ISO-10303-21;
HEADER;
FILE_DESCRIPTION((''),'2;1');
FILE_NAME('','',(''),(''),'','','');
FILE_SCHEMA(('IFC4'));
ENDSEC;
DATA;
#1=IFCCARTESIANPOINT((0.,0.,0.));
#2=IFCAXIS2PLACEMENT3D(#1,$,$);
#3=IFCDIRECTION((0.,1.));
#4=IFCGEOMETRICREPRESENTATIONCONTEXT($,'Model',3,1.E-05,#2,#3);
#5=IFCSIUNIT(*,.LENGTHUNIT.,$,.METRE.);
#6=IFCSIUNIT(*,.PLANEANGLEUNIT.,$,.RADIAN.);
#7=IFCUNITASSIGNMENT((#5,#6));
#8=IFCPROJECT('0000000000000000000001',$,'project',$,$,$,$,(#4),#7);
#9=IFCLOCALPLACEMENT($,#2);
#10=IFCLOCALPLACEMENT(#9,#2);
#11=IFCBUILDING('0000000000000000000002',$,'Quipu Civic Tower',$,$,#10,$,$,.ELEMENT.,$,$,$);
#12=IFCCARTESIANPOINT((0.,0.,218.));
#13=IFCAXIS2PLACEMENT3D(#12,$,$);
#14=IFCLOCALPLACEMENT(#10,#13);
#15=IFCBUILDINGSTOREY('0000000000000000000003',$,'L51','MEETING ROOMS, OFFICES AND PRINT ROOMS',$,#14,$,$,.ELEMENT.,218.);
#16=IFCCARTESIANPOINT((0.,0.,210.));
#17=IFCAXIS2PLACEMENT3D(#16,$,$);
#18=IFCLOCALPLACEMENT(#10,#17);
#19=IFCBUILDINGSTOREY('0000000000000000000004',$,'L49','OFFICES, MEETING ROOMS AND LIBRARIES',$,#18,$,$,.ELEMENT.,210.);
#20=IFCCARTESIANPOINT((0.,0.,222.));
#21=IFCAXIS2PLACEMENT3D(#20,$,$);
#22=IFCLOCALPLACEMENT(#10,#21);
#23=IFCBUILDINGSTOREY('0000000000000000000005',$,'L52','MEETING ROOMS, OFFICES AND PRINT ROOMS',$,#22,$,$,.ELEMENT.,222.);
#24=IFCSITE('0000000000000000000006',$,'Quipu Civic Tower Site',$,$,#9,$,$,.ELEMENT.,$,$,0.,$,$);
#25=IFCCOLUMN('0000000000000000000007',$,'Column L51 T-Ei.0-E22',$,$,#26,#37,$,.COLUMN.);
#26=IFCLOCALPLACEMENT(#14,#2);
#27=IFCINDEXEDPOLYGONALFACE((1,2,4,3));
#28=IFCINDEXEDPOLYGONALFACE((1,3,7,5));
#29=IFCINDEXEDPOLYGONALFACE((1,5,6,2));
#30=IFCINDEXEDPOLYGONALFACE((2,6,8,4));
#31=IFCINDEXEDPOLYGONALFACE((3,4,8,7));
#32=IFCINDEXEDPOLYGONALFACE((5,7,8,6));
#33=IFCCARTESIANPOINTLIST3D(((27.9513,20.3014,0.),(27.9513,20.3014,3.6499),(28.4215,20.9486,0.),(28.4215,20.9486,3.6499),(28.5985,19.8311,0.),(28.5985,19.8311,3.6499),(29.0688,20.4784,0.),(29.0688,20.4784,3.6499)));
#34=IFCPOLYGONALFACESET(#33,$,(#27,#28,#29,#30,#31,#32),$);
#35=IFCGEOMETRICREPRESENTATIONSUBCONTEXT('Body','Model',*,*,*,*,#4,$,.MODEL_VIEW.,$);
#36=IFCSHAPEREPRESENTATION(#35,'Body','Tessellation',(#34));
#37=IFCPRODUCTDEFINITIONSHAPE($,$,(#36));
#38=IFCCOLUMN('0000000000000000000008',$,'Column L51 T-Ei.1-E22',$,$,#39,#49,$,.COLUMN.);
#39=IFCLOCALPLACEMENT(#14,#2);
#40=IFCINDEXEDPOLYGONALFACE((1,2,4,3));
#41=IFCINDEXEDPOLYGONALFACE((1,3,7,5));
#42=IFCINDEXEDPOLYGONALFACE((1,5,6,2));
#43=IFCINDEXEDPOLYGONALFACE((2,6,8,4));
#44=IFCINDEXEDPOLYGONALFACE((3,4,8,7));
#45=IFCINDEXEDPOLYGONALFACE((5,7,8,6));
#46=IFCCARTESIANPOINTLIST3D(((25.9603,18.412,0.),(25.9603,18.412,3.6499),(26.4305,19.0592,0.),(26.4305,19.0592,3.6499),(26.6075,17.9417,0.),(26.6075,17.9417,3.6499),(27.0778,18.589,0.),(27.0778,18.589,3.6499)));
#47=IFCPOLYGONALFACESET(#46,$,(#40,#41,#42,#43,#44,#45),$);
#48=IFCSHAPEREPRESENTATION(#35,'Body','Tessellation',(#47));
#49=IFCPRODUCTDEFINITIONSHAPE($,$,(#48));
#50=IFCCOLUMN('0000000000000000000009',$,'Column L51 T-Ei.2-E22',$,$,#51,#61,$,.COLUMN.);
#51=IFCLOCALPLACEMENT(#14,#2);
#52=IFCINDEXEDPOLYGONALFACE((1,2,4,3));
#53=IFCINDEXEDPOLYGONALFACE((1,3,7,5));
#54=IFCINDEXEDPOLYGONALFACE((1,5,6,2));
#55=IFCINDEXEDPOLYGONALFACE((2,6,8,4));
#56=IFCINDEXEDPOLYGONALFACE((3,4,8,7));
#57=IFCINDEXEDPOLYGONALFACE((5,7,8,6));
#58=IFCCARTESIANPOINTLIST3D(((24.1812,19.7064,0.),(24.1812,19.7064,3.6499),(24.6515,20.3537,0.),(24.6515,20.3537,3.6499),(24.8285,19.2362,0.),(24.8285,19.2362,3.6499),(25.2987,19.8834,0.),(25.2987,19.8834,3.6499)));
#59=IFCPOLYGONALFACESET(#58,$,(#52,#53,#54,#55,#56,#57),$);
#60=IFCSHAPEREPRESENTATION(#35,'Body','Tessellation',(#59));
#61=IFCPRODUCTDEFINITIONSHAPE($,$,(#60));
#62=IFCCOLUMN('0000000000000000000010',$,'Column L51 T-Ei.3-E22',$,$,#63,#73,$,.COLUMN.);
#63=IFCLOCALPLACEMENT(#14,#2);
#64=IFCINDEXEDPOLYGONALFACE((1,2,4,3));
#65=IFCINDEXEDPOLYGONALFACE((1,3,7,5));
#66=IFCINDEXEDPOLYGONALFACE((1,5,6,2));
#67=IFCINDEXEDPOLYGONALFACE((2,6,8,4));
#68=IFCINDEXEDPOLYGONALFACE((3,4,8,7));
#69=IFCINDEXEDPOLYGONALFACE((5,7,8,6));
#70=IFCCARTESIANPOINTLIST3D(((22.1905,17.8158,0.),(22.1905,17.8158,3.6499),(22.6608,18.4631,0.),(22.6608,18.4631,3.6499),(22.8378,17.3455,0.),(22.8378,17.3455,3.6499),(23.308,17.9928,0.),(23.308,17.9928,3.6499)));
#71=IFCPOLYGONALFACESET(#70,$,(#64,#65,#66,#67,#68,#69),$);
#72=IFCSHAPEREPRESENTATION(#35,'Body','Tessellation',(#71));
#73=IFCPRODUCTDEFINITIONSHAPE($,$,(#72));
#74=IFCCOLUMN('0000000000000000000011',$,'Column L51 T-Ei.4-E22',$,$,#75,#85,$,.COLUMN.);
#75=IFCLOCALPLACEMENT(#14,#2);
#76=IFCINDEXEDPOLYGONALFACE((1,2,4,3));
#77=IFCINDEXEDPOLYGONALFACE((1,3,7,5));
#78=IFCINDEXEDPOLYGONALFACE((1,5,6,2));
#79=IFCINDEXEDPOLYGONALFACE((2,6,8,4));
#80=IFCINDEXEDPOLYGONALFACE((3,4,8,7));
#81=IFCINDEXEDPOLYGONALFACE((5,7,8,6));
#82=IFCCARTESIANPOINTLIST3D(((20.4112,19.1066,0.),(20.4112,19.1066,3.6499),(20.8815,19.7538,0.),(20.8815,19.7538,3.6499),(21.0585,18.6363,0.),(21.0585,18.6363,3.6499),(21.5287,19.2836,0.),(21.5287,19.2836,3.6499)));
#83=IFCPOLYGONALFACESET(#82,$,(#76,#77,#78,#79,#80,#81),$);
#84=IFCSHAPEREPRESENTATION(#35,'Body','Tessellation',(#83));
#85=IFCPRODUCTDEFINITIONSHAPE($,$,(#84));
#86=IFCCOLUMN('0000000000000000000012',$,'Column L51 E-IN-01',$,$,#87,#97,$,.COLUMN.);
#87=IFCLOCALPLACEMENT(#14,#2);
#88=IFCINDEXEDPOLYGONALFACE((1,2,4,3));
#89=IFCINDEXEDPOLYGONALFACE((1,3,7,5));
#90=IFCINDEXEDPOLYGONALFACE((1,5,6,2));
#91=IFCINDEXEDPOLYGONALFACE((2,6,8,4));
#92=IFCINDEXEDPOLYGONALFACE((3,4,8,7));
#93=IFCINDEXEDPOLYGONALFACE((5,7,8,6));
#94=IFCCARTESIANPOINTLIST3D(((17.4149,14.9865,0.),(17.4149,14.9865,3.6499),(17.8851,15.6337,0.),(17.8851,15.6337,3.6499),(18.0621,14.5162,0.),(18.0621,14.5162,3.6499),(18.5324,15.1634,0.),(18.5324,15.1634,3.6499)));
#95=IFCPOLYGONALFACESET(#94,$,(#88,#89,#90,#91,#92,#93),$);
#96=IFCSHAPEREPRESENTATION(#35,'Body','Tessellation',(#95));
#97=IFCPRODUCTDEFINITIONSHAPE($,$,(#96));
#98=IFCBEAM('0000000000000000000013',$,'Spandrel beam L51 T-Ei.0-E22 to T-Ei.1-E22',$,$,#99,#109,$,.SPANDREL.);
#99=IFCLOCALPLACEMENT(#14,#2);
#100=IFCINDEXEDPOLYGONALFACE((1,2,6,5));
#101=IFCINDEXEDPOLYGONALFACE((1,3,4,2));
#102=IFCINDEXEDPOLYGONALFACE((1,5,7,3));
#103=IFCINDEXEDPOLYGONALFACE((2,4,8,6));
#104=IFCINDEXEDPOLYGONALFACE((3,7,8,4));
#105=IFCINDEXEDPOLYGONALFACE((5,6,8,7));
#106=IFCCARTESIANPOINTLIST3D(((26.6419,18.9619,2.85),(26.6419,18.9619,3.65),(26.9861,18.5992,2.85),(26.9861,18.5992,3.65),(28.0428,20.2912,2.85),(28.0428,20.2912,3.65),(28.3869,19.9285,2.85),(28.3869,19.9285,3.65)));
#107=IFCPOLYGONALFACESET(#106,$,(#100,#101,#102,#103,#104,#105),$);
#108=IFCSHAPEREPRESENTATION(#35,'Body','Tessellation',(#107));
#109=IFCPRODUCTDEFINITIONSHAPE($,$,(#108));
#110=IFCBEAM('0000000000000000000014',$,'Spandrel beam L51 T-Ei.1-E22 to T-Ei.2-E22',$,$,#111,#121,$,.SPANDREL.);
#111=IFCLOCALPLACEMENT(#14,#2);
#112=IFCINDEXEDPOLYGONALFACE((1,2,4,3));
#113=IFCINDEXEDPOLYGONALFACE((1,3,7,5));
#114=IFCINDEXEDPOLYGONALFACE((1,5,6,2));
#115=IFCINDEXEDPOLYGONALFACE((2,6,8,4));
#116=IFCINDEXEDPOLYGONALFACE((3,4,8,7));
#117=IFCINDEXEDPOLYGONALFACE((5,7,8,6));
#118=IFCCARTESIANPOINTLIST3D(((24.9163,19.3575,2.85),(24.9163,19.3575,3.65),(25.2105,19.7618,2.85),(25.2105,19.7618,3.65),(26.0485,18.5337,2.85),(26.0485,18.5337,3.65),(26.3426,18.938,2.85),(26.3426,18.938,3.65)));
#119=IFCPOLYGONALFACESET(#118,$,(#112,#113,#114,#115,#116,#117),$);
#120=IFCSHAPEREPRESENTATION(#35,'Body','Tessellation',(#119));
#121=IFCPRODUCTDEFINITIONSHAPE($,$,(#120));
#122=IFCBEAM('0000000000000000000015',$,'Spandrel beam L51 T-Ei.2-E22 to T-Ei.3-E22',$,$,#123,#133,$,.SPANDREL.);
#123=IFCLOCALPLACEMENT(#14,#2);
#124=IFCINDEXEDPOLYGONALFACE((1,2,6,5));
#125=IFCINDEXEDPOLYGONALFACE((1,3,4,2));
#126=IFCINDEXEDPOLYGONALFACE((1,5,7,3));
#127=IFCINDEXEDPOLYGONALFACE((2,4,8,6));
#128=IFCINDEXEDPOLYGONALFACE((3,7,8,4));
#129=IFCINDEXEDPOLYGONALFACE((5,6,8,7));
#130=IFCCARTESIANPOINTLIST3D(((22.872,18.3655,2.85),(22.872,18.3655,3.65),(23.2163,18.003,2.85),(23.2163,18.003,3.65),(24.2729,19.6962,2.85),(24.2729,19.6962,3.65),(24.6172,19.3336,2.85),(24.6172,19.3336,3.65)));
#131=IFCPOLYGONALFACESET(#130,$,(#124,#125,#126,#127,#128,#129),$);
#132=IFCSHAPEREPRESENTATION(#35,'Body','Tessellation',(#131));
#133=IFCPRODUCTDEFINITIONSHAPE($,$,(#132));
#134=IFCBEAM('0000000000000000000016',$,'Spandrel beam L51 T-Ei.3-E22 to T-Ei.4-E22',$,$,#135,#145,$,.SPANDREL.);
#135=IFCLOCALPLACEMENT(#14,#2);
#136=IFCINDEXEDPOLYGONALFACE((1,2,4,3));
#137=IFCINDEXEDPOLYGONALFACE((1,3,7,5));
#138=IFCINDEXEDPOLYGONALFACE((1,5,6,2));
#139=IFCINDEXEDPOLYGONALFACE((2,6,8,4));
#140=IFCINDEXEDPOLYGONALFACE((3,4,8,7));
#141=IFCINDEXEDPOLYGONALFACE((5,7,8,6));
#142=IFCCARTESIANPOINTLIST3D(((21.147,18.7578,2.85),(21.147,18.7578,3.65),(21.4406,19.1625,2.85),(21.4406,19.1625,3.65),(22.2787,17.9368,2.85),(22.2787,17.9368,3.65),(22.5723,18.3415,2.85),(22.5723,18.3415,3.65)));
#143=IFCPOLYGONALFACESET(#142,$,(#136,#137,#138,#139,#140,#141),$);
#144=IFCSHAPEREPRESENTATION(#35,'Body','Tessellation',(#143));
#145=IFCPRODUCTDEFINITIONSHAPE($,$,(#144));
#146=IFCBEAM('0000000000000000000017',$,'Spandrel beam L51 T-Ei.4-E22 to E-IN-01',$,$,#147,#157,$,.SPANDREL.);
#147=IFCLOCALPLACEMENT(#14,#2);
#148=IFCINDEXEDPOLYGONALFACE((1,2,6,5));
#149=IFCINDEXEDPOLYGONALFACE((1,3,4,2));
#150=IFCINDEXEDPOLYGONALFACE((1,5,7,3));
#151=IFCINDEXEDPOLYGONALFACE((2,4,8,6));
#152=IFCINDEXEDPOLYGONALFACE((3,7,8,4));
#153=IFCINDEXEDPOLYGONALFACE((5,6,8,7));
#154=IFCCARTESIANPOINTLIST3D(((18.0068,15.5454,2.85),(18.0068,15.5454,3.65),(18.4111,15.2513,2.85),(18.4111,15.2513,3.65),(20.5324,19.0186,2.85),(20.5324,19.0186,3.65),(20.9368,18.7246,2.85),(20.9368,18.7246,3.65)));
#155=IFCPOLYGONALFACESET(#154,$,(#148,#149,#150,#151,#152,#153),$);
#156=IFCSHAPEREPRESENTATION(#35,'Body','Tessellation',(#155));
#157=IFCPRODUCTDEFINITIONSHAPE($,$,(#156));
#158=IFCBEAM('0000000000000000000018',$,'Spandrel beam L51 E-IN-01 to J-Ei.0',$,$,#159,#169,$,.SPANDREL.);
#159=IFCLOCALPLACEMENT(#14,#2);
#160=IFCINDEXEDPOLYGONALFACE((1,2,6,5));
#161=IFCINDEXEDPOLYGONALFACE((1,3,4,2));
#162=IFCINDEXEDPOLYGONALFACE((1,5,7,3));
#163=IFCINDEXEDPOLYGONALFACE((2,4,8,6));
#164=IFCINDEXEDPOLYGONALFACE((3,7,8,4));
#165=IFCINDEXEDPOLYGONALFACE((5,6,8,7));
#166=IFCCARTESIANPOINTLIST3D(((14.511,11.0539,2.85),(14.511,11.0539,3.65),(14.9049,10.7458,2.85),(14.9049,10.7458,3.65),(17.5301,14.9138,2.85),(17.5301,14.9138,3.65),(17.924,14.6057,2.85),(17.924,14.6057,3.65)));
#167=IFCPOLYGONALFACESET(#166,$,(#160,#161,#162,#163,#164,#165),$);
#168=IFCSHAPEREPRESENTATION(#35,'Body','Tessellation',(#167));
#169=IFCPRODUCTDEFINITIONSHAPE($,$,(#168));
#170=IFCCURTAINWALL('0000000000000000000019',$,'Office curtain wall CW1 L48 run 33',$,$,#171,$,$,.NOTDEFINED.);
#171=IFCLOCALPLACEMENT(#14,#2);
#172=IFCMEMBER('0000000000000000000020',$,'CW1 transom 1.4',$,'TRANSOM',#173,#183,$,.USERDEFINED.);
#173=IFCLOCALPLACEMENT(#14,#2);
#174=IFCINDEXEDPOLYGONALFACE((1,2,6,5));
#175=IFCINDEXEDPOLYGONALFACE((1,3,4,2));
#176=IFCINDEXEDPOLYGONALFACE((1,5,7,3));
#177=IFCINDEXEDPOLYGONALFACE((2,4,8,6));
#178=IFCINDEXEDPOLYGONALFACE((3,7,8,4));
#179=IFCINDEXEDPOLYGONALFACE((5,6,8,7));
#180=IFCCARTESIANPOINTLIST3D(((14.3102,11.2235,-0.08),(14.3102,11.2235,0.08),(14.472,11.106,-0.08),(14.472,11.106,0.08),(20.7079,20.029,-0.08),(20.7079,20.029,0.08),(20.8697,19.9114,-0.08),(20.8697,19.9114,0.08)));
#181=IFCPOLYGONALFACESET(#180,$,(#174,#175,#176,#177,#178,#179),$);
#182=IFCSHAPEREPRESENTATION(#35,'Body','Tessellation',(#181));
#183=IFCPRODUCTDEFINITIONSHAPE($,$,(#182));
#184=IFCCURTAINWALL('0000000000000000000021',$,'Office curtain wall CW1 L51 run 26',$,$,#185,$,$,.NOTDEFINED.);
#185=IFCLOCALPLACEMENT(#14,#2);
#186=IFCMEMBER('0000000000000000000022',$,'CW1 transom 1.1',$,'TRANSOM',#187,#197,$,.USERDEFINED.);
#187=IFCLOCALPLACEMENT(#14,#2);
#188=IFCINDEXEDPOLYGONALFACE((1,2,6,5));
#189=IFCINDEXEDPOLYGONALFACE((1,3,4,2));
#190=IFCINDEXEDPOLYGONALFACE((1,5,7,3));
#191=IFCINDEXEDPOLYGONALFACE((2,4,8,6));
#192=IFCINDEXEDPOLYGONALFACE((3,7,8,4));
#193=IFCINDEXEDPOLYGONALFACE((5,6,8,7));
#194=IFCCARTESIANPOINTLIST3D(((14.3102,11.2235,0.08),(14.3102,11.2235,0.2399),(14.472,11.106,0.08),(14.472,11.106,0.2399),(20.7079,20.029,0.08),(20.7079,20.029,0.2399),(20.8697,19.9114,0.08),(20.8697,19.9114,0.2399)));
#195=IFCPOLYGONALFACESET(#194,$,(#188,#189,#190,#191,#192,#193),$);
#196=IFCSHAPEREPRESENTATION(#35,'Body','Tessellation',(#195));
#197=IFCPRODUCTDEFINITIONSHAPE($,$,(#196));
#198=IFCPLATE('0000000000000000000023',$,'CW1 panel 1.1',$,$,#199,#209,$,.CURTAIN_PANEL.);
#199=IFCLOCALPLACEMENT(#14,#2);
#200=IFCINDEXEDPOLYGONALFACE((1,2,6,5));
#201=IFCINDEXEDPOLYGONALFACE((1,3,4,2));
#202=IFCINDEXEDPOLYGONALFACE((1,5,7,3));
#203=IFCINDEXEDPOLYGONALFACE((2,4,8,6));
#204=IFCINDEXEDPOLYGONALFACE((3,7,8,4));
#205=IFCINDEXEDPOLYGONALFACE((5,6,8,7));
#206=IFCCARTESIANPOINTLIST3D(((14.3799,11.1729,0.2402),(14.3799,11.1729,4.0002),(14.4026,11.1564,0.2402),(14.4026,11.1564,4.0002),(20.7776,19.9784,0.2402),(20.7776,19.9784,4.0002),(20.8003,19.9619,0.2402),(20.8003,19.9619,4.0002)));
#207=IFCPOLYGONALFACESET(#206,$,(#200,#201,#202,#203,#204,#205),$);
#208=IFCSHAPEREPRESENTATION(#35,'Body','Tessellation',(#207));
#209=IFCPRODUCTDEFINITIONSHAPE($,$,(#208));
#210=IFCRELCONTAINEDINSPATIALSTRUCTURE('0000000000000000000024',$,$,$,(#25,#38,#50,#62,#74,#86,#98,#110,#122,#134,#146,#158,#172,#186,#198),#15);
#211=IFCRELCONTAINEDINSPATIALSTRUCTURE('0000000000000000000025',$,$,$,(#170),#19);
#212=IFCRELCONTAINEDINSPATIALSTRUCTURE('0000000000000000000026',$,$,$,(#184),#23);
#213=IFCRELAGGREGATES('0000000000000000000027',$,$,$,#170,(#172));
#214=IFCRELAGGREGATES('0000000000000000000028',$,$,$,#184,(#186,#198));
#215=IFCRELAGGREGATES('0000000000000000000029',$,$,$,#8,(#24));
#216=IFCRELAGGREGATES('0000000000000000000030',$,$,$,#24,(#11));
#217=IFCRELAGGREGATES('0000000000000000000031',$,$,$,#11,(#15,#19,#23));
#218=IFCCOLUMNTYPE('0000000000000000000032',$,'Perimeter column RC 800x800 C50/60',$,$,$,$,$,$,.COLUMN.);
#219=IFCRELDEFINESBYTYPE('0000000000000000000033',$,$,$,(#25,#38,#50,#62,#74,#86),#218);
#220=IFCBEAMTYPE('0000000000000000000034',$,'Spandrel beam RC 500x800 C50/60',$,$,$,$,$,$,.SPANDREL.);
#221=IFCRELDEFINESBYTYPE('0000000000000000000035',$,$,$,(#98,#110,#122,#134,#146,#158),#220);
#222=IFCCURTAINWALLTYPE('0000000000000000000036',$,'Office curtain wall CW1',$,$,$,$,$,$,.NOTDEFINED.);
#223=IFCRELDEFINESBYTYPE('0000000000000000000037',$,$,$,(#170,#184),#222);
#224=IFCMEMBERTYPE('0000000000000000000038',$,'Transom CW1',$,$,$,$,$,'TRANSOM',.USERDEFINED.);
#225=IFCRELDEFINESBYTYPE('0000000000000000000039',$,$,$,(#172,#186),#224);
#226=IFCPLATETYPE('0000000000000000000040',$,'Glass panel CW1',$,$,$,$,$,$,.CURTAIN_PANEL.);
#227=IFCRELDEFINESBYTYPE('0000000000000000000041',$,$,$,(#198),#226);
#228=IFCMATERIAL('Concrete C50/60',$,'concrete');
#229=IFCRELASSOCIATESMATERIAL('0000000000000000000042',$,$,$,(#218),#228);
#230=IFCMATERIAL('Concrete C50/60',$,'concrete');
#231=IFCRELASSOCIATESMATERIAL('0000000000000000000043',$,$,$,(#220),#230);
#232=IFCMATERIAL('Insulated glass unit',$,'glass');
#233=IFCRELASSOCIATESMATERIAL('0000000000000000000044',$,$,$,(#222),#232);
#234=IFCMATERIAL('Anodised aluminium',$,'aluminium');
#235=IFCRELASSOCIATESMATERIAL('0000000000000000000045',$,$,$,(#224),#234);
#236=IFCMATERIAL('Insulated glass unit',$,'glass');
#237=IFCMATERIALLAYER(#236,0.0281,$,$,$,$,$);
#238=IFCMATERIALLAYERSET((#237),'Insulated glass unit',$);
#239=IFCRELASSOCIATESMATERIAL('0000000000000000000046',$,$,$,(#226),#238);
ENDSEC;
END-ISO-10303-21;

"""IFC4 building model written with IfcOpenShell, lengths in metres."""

from ifc_helpers import new_model, si_unit, direction, frame, origin, origin_2d, place, context, subcontext, project, spatial, rectangle, extrude, material, layer, layer_set, material_profile, profile_set, type_object, element, aggregate, save


model = new_model("IFC4")

# Units and contexts
model_context = context("Model", 3, precision=1e-05, world=origin(), true_north=direction((0.0, 1.0)))
body_context = subcontext(model_context, "Body", "Model", "MODEL_VIEW")
ifc_project = project(units=[si_unit("LENGTHUNIT", "METRE"), si_unit("PLANEANGLEUNIT", "RADIAN")], contexts=[model_context])

# Site, building, storey
site_placement = place(None, origin())
site = spatial("IfcSite", under=ifc_project, at=site_placement, Name="Quipu Civic Tower Site", CompositionType="ELEMENT", RefElevation=0.0)
building_placement = place(site_placement, origin())
building = spatial("IfcBuilding", under=site, at=building_placement, Name="Quipu Civic Tower", CompositionType="ELEMENT")
storey_1_placement = place(building_placement, frame((0.0, 0.0, 218.0)))
storey_1 = spatial("IfcBuildingStorey", under=building, at=storey_1_placement, Name="L51", Description="MEETING ROOMS, OFFICES AND PRINT ROOMS", CompositionType="ELEMENT", Elevation=218.0)

# Columns
ifc_material_1 = material(Name="Concrete C50/60", Category="concrete")
ifc_material_profile_1 = material_profile(ifc_material_1, rectangle(XDim=0.8, YDim=0.8, at=origin_2d()), Name="RC800x800")
ifc_profile_set_1 = profile_set([ifc_material_profile_1], Name="Concrete C50/60")
column_type = type_object("IfcColumnType", Name="Perimeter column RC 800x800 C50/60", PredefinedType="COLUMN", material=ifc_profile_set_1)
for number, where, z_axis, x_axis, name in (
    (1, (28.51, 20.3899, 0.0), (0.0, 0.0, 1.0), (-0.587785, -0.809017, 0.0), "Column L51 T-Ei.0-E22"),
    (2, (26.519, 18.5005, 0.0), (0.0, 0.0, 1.0), (-0.809017, 0.587785, 0.0), "Column L51 T-Ei.1-E22"),
    (3, (24.74, 19.7949, 0.0), (0.0, 0.0, 1.0), (-0.587785, -0.809017, 0.0), "Column L51 T-Ei.2-E22"),
    (4, (22.7493, 17.9043, 0.0), (0.0, 0.0, 1.0), (-0.587785, -0.809017, 0.0), "Column L51 T-Ei.3-E22"),
    (5, (20.97, 19.1951, 0.0), (0.0, 0.0, 1.0), (-0.587785, -0.809017, 0.0), "Column L51 T-Ei.4-E22"),
    (6, (17.9736, 15.075, 0.0), (0.0, 0.0, 1.0), (-0.587785, -0.809017, 0.0), "Column L51 E-IN-01"),
):
    element("IfcColumn", number, at=place(storey_1_placement, frame(where, z_axis=z_axis, x_axis=x_axis)), inside=storey_1, type_object=column_type, Name=name, PredefinedType="COLUMN", context=body_context, shape_type="SweptSolid", body=[
        extrude(rectangle(XDim=0.8, YDim=0.8, at=origin_2d()), origin(), (0.0, 0.0, 1.0), 3.6499),
    ])

# Beams
ifc_material_2 = material(Name="Concrete C50/60", Category="concrete")
ifc_material_profile_2 = material_profile(ifc_material_2, rectangle(XDim=0.5, YDim=0.8, at=origin_2d()), Name="RC500x800")
ifc_profile_set_2 = profile_set([ifc_material_profile_2], Name="Concrete C50/60")
beam_type = type_object("IfcBeamType", Name="Spandrel beam RC 500x800 C50/60", PredefinedType="SPANDREL", material=ifc_profile_set_2)
beam_1_placement = place(storey_1_placement, frame((28.2148, 20.1099, 3.25), z_axis=(-0.725384, -0.688344, 0.0), x_axis=(0.688344, -0.725384, 0.0)))
element("IfcBeam", 7, at=beam_1_placement, inside=storey_1, type_object=beam_type, Name="Spandrel beam L51 T-Ei.0-E22 to T-Ei.1-E22", PredefinedType="SPANDREL", context=body_context, shape_type="SweptSolid", body=[
    extrude(rectangle(XDim=0.5, YDim=0.8, at=origin_2d()), origin(), (0.0, 0.0, 1.0), 1.9312),
])
beam_2_placement = place(storey_1_placement, frame((26.1956, 18.7358, 3.25), z_axis=(-0.8086, 0.588358, 0.0), x_axis=(-0.588358, -0.8086, 0.0)))
element("IfcBeam", 8, at=beam_2_placement, inside=storey_1, type_object=beam_type, Name="Spandrel beam L51 T-Ei.1-E22 to T-Ei.2-E22", PredefinedType="SPANDREL", context=body_context, shape_type="SweptSolid", body=[
    extrude(rectangle(XDim=0.5, YDim=0.8, at=origin_2d()), origin(), (0.0, 0.0, 1.0), 1.4001),
])
beam_3_placement = place(storey_1_placement, frame((24.4451, 19.5149, 3.25), z_axis=(-0.725069, -0.688676, 0.0), x_axis=(0.688676, -0.725069, 0.0)))
element("IfcBeam", 9, at=beam_3_placement, inside=storey_1, type_object=beam_type, Name="Spandrel beam L51 T-Ei.2-E22 to T-Ei.3-E22", PredefinedType="SPANDREL", context=body_context, shape_type="SweptSolid", body=[
    extrude(rectangle(XDim=0.5, YDim=0.8, at=origin_2d()), origin(), (0.0, 0.0, 1.0), 1.9321),
])
beam_4_placement = place(storey_1_placement, frame((22.4255, 18.1392, 3.25), z_axis=(-0.809453, 0.587185, 0.0), x_axis=(-0.587185, -0.809453, 0.0)))
element("IfcBeam", 10, at=beam_4_placement, inside=storey_1, type_object=beam_type, Name="Spandrel beam L51 T-Ei.3-E22 to T-Ei.4-E22", PredefinedType="SPANDREL", context=body_context, shape_type="SweptSolid", body=[
    extrude(rectangle(XDim=0.5, YDim=0.8, at=origin_2d()), origin(), (0.0, 0.0, 1.0), 1.3982),
])
beam_5_placement = place(storey_1_placement, frame((20.7346, 18.8716, 3.25), z_axis=(-0.588128, -0.808768, 0.0), x_axis=(0.808768, -0.588128, 0.0)))
element("IfcBeam", 11, at=beam_5_placement, inside=storey_1, type_object=beam_type, Name="Spandrel beam L51 T-Ei.4-E22 to E-IN-01", PredefinedType="SPANDREL", context=body_context, shape_type="SweptSolid", body=[
    extrude(rectangle(XDim=0.5, YDim=0.8, at=origin_2d()), origin(), (0.0, 0.0, 1.0), 4.2944),
])
beam_6_placement = place(storey_1_placement, frame((17.7271, 14.7598, 3.25), z_axis=(-0.616091, -0.787675, 0.0), x_axis=(0.787675, -0.616091, 0.0)))
element("IfcBeam", 12, at=beam_6_placement, inside=storey_1, type_object=beam_type, Name="Spandrel beam L51 E-IN-01 to J-Ei.0", PredefinedType="SPANDREL", context=body_context, shape_type="SweptSolid", body=[
    extrude(rectangle(XDim=0.5, YDim=0.8, at=origin_2d()), origin(), (0.0, 0.0, 1.0), 4.9004),
])

# Shared definitions
storey_2_placement = place(building_placement, frame((0.0, 0.0, 210.0)))
storey_2 = spatial("IfcBuildingStorey", under=building, at=storey_2_placement, Name="L49", Description="OFFICES, MEETING ROOMS AND LIBRARIES", CompositionType="ELEMENT", Elevation=210.0)

# Curtain wall, member
ifc_material_3 = material(Name="Insulated glass unit", Category="glass")
curtain_wall_type = type_object("IfcCurtainWallType", Name="Office curtain wall CW1", PredefinedType="NOTDEFINED", material=ifc_material_3)
curtain_wall_1_placement = place(storey_2_placement, origin())
curtain_wall_1 = element("IfcCurtainWall", 13, at=curtain_wall_1_placement, inside=storey_2, type_object=curtain_wall_type, Name="Office curtain wall CW1 L48 run 33", PredefinedType="NOTDEFINED")
ifc_material_4 = material(Name="Anodised aluminium", Category="aluminium")
ifc_material_profile_3 = material_profile(ifc_material_4, rectangle(XDim=0.2, YDim=0.1599, at=origin_2d()), Name="RECT 200x160")
ifc_profile_set_3 = profile_set([ifc_material_profile_3], Name="Anodised aluminium")
member_type = type_object("IfcMemberType", Name="Transom CW1", ElementType="TRANSOM", PredefinedType="USERDEFINED", material=ifc_profile_set_3)
member_1_placement = place(storey_1_placement, frame((20.7888, 19.9702, 0.0), z_axis=(-0.587797, -0.809009, 0.0), x_axis=(0.809009, -0.587797, 0.0)))
member_1 = element("IfcMember", 14, at=member_1_placement, inside=storey_1, type_object=member_type, Name="CW1 transom 1.4", ObjectType="TRANSOM", PredefinedType="USERDEFINED", context=body_context, shape_type="SweptSolid", body=[
    extrude(rectangle(XDim=0.2, YDim=0.1599, at=origin_2d()), origin(), (0.0, 0.0, 1.0), 10.8843),
])
aggregate(curtain_wall_1, [member_1])

# Shared definitions
storey_3_placement = place(building_placement, frame((0.0, 0.0, 222.0)))
storey_3 = spatial("IfcBuildingStorey", under=building, at=storey_3_placement, Name="L52", Description="MEETING ROOMS, OFFICES AND PRINT ROOMS", CompositionType="ELEMENT", Elevation=222.0)

# Curtain wall, member, plate
curtain_wall_2_placement = place(storey_3_placement, origin())
curtain_wall_2 = element("IfcCurtainWall", 15, at=curtain_wall_2_placement, inside=storey_3, type_object=curtain_wall_type, Name="Office curtain wall CW1 L51 run 26", PredefinedType="NOTDEFINED")
member_2_placement = place(storey_1_placement, frame((20.7888, 19.9702, 0.1599), z_axis=(-0.587797, -0.809009, 0.0), x_axis=(0.809009, -0.587797, 0.0)))
member_2 = element("IfcMember", 16, at=member_2_placement, inside=storey_1, type_object=member_type, Name="CW1 transom 1.1", ObjectType="TRANSOM", PredefinedType="USERDEFINED", context=body_context, shape_type="SweptSolid", body=[
    extrude(rectangle(XDim=0.2, YDim=0.1599, at=origin_2d()), origin(), (0.0, 0.0, 1.0), 10.8843),
])
ifc_material_5 = material(Name="Insulated glass unit", Category="glass")
ifc_layer = layer(ifc_material_5, 0.0281)
ifc_layer_set = layer_set([ifc_layer], Name="Insulated glass unit")
plate_type_1 = type_object("IfcPlateType", Name="Glass panel CW1", PredefinedType="CURTAIN_PANEL", material=ifc_layer_set)
plate_placement = place(storey_1_placement, frame((17.5901, 15.5674, 0.2402), z_axis=(0.0, 0.0, 1.0), x_axis=(-0.587788, -0.809015, 0.0)))
plate = element("IfcPlate", 17, at=plate_placement, inside=storey_1, type_object=plate_type_1, Name="CW1 panel 1.1", PredefinedType="CURTAIN_PANEL", context=body_context, shape_type="SweptSolid", body=[
    extrude(rectangle(XDim=10.8843, YDim=0.0281, at=origin_2d()), origin(), (0.0, 0.0, 1.0), 3.76),
])
aggregate(curtain_wall_2, [member_2, plate])

save(model, "model.ifc")
